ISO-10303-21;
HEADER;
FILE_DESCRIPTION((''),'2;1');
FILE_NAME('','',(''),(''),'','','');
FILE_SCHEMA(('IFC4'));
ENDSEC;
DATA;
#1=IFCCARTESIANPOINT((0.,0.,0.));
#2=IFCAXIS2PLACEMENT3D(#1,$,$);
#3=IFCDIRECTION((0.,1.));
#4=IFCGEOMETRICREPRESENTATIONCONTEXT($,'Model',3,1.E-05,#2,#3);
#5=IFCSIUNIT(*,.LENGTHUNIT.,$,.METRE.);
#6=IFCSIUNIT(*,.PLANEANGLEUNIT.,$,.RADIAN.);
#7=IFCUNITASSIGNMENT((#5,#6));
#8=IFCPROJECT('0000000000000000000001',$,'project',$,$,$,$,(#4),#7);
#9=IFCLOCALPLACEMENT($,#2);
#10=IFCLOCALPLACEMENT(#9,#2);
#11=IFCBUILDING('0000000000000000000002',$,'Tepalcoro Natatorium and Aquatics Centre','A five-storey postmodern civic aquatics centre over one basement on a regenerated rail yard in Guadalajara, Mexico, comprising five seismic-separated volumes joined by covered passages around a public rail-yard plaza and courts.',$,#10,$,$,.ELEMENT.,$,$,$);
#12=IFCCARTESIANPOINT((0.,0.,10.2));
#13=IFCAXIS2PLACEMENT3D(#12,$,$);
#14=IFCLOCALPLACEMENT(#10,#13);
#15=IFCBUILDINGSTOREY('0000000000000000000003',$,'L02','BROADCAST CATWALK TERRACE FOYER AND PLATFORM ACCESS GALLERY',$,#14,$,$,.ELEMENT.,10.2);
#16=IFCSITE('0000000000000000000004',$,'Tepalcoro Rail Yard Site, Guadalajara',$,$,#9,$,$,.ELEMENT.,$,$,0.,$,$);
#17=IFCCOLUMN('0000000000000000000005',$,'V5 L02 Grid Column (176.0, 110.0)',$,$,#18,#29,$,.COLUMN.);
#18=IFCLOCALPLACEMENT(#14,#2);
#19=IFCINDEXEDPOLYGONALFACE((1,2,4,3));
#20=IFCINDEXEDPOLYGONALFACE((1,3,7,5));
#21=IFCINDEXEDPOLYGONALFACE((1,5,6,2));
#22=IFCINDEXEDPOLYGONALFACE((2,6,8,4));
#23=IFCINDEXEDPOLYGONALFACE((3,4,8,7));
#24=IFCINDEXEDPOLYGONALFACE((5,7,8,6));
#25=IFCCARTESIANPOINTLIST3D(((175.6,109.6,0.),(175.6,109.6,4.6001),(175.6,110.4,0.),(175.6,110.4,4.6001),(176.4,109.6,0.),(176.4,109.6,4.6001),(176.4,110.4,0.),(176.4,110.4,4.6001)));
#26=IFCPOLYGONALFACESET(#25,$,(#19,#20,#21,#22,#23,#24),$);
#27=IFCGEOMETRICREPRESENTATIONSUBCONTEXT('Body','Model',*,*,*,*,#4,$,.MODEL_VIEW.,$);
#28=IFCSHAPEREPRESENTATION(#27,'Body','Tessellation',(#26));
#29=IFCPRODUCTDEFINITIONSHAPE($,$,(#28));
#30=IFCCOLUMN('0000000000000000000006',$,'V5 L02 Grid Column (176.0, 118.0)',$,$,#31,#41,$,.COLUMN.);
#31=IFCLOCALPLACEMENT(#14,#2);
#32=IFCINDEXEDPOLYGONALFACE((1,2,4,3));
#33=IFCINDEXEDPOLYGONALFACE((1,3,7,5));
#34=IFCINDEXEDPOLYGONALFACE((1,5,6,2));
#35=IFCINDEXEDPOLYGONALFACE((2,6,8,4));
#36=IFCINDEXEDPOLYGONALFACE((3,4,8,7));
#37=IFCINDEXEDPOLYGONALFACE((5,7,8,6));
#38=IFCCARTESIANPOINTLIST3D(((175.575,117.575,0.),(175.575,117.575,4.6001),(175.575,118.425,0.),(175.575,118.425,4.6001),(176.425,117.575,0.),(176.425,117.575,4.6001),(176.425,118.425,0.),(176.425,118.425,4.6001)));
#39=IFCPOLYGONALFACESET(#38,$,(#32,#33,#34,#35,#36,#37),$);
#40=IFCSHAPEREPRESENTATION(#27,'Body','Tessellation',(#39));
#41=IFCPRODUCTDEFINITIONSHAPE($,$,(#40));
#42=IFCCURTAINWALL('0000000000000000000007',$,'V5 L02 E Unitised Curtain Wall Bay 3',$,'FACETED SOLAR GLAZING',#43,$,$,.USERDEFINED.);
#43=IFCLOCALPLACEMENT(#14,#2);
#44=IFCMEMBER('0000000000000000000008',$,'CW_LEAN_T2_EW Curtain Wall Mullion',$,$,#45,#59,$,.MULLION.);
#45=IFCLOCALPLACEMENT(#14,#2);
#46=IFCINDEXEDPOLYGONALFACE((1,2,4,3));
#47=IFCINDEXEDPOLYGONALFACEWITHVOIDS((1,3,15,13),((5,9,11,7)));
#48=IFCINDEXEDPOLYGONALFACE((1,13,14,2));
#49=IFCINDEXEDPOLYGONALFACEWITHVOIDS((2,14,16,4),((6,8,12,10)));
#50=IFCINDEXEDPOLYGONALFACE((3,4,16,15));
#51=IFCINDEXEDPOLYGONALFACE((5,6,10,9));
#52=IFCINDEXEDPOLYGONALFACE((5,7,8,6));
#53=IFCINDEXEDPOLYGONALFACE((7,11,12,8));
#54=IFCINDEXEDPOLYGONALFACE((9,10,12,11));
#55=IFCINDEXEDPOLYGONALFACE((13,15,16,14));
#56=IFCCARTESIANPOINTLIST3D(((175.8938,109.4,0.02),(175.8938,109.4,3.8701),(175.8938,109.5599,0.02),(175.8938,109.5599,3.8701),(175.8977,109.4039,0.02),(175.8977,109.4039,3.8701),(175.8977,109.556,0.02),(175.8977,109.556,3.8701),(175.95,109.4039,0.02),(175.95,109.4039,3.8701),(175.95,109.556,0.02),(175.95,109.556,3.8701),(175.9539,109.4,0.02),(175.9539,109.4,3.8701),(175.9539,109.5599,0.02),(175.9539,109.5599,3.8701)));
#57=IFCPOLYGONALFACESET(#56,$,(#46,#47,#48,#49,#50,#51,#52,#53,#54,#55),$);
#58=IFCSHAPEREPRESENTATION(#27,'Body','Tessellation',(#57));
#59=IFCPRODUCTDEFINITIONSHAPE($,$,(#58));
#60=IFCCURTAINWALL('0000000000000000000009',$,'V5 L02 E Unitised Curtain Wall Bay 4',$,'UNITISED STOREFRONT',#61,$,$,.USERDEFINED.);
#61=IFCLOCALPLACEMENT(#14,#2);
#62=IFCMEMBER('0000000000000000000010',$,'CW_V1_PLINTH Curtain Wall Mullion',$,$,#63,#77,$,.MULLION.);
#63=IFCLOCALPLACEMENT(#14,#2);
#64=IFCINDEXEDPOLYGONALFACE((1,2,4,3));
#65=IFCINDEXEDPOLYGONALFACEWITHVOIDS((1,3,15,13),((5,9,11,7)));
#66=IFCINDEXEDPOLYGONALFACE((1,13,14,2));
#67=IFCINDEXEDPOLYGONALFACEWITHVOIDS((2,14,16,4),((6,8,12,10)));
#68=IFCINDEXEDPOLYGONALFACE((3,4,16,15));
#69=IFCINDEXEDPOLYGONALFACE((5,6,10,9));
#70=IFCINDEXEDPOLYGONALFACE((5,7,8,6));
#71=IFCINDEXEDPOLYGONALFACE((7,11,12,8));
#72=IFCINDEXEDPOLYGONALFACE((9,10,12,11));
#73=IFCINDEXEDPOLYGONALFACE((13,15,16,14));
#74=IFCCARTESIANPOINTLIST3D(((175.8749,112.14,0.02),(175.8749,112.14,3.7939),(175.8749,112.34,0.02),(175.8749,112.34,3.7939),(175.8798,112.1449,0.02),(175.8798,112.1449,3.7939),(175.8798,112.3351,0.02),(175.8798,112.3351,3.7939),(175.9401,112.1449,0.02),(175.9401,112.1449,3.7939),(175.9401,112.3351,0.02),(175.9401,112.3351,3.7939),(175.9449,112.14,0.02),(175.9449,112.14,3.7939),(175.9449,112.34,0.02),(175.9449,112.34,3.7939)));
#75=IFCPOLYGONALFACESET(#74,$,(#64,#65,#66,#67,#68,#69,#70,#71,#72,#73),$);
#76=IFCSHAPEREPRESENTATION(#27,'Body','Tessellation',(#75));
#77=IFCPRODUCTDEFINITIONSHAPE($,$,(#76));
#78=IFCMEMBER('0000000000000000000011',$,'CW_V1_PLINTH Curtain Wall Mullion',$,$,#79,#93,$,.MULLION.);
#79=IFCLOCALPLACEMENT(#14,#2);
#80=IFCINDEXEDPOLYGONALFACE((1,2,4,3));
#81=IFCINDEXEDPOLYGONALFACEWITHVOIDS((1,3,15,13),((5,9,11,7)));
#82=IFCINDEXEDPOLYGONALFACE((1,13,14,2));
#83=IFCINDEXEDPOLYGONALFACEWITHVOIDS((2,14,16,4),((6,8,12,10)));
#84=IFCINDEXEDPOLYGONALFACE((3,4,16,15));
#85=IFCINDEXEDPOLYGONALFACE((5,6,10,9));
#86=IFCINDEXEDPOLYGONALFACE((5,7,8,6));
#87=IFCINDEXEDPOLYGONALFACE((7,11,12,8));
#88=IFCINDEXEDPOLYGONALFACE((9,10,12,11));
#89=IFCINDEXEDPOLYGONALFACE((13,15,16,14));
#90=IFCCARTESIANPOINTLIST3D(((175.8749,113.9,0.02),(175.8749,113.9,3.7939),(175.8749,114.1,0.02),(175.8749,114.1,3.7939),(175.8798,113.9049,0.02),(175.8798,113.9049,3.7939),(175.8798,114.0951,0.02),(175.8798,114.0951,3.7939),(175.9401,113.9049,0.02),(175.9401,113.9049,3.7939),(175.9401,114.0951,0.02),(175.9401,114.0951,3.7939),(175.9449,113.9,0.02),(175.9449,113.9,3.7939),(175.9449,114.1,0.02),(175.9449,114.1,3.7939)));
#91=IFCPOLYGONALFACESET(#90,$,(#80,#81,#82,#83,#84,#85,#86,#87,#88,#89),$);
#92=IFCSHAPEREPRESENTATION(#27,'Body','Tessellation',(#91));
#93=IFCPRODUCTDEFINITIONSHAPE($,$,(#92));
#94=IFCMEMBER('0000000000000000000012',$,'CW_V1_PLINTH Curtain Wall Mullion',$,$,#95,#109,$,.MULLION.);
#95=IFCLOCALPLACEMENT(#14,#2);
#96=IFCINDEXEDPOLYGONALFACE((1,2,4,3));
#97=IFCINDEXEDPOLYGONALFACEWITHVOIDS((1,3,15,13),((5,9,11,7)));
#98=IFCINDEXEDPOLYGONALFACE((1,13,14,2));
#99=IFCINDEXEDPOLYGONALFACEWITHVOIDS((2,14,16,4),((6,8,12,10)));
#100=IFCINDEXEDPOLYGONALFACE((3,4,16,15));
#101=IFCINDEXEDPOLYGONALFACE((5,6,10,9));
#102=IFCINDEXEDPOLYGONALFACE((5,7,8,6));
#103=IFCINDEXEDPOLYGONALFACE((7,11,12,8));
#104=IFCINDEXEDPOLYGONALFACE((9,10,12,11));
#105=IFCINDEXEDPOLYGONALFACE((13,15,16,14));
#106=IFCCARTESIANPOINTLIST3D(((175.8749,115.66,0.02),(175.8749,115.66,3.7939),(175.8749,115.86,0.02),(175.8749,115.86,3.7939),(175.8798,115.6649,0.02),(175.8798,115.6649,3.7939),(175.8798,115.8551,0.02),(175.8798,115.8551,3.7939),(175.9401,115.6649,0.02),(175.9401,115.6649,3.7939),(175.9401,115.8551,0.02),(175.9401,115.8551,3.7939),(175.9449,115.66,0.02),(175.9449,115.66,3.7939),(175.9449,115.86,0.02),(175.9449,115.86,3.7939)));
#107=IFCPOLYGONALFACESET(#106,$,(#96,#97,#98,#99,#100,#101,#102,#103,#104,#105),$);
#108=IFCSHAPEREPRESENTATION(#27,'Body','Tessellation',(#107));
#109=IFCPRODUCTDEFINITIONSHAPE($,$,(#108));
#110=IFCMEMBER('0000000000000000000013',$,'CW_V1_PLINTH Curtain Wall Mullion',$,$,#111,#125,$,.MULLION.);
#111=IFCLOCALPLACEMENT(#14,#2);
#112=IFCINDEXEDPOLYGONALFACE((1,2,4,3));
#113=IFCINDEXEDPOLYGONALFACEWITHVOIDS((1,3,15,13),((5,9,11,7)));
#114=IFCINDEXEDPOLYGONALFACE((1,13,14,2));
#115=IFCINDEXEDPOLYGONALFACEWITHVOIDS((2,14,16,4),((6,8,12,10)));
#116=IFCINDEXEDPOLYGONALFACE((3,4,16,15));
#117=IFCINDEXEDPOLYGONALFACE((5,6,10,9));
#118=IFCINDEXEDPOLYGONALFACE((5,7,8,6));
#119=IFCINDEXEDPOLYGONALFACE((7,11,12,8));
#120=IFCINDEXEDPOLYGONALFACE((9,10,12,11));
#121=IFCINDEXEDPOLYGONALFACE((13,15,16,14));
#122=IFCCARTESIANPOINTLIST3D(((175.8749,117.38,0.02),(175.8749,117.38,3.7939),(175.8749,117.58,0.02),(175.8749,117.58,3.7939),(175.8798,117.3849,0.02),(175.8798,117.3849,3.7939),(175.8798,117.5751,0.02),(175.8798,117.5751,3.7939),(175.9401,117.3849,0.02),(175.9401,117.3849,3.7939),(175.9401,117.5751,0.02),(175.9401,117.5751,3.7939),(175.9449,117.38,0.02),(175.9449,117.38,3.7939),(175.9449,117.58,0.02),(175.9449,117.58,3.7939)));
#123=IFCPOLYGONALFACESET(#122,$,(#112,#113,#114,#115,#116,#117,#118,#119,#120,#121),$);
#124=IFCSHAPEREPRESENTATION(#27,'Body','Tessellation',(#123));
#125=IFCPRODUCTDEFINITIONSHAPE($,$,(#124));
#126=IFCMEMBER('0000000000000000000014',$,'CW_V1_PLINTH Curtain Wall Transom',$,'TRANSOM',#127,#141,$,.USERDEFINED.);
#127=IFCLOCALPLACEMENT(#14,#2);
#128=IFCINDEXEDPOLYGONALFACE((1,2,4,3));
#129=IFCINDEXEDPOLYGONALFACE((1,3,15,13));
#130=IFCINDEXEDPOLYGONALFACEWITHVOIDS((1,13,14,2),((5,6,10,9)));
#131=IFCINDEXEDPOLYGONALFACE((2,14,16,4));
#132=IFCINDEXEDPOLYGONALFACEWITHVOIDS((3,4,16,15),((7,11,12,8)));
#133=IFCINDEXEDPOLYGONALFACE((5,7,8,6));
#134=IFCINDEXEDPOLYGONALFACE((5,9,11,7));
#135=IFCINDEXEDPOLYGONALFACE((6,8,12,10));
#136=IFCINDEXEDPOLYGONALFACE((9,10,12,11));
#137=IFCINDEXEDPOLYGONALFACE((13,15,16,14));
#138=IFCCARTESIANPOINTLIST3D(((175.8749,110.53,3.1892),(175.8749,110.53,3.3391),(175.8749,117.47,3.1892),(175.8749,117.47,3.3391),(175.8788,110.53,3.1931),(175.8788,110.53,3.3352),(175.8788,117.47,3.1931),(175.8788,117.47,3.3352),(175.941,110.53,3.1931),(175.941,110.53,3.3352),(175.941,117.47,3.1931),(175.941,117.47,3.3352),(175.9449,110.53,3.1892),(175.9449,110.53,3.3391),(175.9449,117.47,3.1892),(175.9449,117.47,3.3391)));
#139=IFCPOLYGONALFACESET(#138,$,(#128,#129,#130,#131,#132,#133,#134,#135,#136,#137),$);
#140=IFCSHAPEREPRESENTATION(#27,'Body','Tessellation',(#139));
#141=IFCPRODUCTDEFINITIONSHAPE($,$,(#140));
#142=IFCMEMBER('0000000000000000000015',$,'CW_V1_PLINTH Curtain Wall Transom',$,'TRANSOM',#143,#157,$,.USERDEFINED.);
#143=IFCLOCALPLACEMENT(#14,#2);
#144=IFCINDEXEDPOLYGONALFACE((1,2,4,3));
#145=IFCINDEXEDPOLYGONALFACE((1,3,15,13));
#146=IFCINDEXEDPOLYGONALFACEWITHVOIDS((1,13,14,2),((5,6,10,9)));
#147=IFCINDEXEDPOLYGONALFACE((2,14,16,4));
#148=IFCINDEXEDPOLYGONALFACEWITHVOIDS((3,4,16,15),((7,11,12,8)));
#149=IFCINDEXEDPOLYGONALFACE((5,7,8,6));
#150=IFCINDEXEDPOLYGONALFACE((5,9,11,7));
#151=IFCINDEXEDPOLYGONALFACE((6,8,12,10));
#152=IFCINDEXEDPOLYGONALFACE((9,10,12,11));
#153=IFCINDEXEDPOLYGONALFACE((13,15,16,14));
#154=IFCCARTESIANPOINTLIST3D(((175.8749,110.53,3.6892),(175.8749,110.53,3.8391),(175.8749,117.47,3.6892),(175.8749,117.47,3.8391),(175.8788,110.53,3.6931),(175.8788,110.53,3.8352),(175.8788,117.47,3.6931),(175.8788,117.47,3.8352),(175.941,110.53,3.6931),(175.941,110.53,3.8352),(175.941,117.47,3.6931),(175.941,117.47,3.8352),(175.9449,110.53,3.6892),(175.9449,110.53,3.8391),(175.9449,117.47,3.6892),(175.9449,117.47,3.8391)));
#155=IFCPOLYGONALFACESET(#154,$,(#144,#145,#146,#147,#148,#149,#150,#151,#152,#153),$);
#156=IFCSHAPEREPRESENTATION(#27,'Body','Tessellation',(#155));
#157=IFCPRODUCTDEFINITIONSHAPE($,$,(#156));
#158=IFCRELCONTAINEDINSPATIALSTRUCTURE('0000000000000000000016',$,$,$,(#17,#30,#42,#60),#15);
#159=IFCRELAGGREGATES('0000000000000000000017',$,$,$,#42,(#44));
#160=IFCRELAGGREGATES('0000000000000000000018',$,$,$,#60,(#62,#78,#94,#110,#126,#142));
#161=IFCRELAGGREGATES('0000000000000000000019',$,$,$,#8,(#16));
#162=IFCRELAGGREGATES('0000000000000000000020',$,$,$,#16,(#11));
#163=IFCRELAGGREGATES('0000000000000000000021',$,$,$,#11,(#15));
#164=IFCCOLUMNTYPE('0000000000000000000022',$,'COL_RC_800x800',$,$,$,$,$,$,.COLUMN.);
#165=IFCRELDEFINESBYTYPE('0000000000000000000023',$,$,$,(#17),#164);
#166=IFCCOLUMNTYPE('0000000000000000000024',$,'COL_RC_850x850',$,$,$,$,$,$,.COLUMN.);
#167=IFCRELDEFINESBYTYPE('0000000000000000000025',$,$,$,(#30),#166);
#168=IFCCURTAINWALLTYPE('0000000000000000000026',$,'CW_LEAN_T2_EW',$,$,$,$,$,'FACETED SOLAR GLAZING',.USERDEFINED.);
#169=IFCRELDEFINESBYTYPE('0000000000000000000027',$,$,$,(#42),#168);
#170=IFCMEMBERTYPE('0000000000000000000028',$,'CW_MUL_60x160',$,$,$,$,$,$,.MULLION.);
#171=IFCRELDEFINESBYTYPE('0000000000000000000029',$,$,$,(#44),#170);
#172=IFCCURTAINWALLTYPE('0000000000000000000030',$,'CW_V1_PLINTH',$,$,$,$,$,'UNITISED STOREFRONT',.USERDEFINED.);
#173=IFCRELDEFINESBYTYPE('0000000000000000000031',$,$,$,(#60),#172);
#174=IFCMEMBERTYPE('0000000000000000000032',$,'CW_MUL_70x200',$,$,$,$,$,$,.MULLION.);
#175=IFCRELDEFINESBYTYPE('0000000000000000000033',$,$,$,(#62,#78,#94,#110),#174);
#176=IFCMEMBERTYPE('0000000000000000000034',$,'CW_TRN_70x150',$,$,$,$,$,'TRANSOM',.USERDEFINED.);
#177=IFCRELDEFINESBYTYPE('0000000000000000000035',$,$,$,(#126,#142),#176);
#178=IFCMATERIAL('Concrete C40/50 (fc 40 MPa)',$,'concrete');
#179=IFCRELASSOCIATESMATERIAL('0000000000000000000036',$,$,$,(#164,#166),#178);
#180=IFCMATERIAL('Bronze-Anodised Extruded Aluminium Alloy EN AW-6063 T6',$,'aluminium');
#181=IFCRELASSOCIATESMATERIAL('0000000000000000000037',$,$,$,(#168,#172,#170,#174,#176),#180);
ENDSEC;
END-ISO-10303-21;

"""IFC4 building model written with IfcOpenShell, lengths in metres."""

from ifc_helpers import new_model, si_unit, direction, frame, origin, origin_2d, place, context, subcontext, project, spatial, rectangle, hollow_rectangle, extrude, material, material_profile, profile_set, type_object, element, aggregate, save


model = new_model("IFC4")

# Units and contexts
model_context = context("Model", 3, precision=1e-05, world=origin(), true_north=direction((0.0, 1.0)))
body_context = subcontext(model_context, "Body", "Model", "MODEL_VIEW")
ifc_project = project(units=[si_unit("LENGTHUNIT", "METRE"), si_unit("PLANEANGLEUNIT", "RADIAN")], contexts=[model_context])

# Site, building, storey
site_placement = place(None, origin())
site = spatial("IfcSite", under=ifc_project, at=site_placement, Name="Tepalcoro Rail Yard Site, Guadalajara", CompositionType="ELEMENT", RefElevation=0.0)
building_placement = place(site_placement, origin())
building = spatial("IfcBuilding", under=site, at=building_placement, Name="Tepalcoro Natatorium and Aquatics Centre", Description="A five-storey postmodern civic aquatics centre over one basement on a regenerated rail yard in Guadalajara, Mexico, comprising five seismic-separated volumes joined by covered passages around a public rail-yard plaza and courts.", CompositionType="ELEMENT")
storey_placement = place(building_placement, frame((0.0, 0.0, 10.2)))
storey = spatial("IfcBuildingStorey", under=building, at=storey_placement, Name="L02", Description="BROADCAST CATWALK TERRACE FOYER AND PLATFORM ACCESS GALLERY", CompositionType="ELEMENT", Elevation=10.2)

# Columns
ifc_material_1 = material(Name="Concrete C40/50 (fc 40 MPa)", Category="concrete")
ifc_material_profile_1 = material_profile(ifc_material_1, rectangle(XDim=0.8, YDim=0.8, at=origin_2d()), Name="RC800x800")
ifc_profile_set_1 = profile_set([ifc_material_profile_1], Name="Concrete C40/50 (fc 40 MPa)")
column_type_1 = type_object("IfcColumnType", Name="COL_RC_800x800", PredefinedType="COLUMN", material=ifc_profile_set_1)
column_1_placement = place(storey_placement, frame((176.0, 110.0, 0.0), z_axis=(0.0, 0.0, 1.0), x_axis=(1.0, 0.0, 0.0)))
element("IfcColumn", 1, at=column_1_placement, inside=storey, type_object=column_type_1, Name="V5 L02 Grid Column (176.0, 110.0)", PredefinedType="COLUMN", context=body_context, shape_type="SweptSolid", body=[
    extrude(rectangle(XDim=0.8, YDim=0.8, at=origin_2d()), origin(), (0.0, 0.0, 1.0), 4.6001),
])
ifc_material_profile_2 = material_profile(ifc_material_1, rectangle(XDim=0.8501, YDim=0.8501, at=origin_2d()), Name="RC850x850")
ifc_profile_set_2 = profile_set([ifc_material_profile_2], Name="Concrete C40/50 (fc 40 MPa)")
column_type_2 = type_object("IfcColumnType", Name="COL_RC_850x850", PredefinedType="COLUMN", material=ifc_profile_set_2)
column_2_placement = place(storey_placement, frame((176.0, 118.0, 0.0), z_axis=(0.0, 0.0, 1.0), x_axis=(1.0, 0.0, 0.0)))
element("IfcColumn", 2, at=column_2_placement, inside=storey, type_object=column_type_2, Name="V5 L02 Grid Column (176.0, 118.0)", PredefinedType="COLUMN", context=body_context, shape_type="SweptSolid", body=[
    extrude(rectangle(XDim=0.8501, YDim=0.8501, at=origin_2d()), origin(), (0.0, 0.0, 1.0), 4.6001),
])

# Curtain wall, member
ifc_material_2 = material(Name="Bronze-Anodised Extruded Aluminium Alloy EN AW-6063 T6", Category="aluminium")
curtain_wall_type_1 = type_object("IfcCurtainWallType", Name="CW_LEAN_T2_EW", ElementType="FACETED SOLAR GLAZING", PredefinedType="USERDEFINED", material=ifc_material_2)
curtain_wall_1_placement = place(storey_placement, origin())
curtain_wall_1 = element("IfcCurtainWall", 3, at=curtain_wall_1_placement, inside=storey, type_object=curtain_wall_type_1, Name="V5 L02 E Unitised Curtain Wall Bay 3", ObjectType="FACETED SOLAR GLAZING", PredefinedType="USERDEFINED")
ifc_material_profile_3 = material_profile(ifc_material_2, hollow_rectangle(XDim=0.0601, YDim=0.1599, WallThickness=0.0039, at=origin_2d()), Name="AL60X160X4")
ifc_profile_set_3 = profile_set([ifc_material_profile_3], Name="Bronze-Anodised Extruded Aluminium Alloy EN AW-6063 T6")
member_type_1 = type_object("IfcMemberType", Name="CW_MUL_60x160", PredefinedType="MULLION", material=ifc_profile_set_3)
member_1_placement = place(storey_placement, frame((175.9238, 109.48, 0.02), z_axis=(0.0, 0.0, 1.0), x_axis=(1.0, 0.0, 0.0)))
member_1 = element("IfcMember", 4, at=member_1_placement, type_object=member_type_1, Name="CW_LEAN_T2_EW Curtain Wall Mullion", PredefinedType="MULLION", context=body_context, shape_type="SweptSolid", body=[
    extrude(hollow_rectangle(XDim=0.0601, YDim=0.1599, WallThickness=0.0039, at=origin_2d()), origin(), (0.0, 0.0, 1.0), 3.8501),
])

# Curtain wall, members
curtain_wall_type_2 = type_object("IfcCurtainWallType", Name="CW_V1_PLINTH", ElementType="UNITISED STOREFRONT", PredefinedType="USERDEFINED", material=ifc_material_2)
curtain_wall_2_placement = place(storey_placement, origin())
curtain_wall_2 = element("IfcCurtainWall", 5, at=curtain_wall_2_placement, inside=storey, type_object=curtain_wall_type_2, Name="V5 L02 E Unitised Curtain Wall Bay 4", ObjectType="UNITISED STOREFRONT", PredefinedType="USERDEFINED")
ifc_material_profile_4 = material_profile(ifc_material_2, hollow_rectangle(XDim=0.0701, YDim=0.2, WallThickness=0.0049, at=origin_2d()), Name="AL70X200X5")
ifc_profile_set_4 = profile_set([ifc_material_profile_4], Name="Bronze-Anodised Extruded Aluminium Alloy EN AW-6063 T6")
member_type_2 = type_object("IfcMemberType", Name="CW_MUL_70x200", PredefinedType="MULLION", material=ifc_profile_set_4)
member_2_placement = place(storey_placement, frame((175.9099, 112.24, 0.02), z_axis=(0.0, 0.0, 1.0), x_axis=(1.0, 0.0, 0.0)))
member_2 = element("IfcMember", 6, at=member_2_placement, type_object=member_type_2, Name="CW_V1_PLINTH Curtain Wall Mullion", PredefinedType="MULLION", context=body_context, shape_type="SweptSolid", body=[
    extrude(hollow_rectangle(XDim=0.0701, YDim=0.2, WallThickness=0.0049, at=origin_2d()), origin(), (0.0, 0.0, 1.0), 3.7739),
])
member_3_placement = place(storey_placement, frame((175.9099, 114.0, 0.02), z_axis=(0.0, 0.0, 1.0), x_axis=(1.0, 0.0, 0.0)))
member_3 = element("IfcMember", 7, at=member_3_placement, type_object=member_type_2, Name="CW_V1_PLINTH Curtain Wall Mullion", PredefinedType="MULLION", context=body_context, shape_type="SweptSolid", body=[
    extrude(hollow_rectangle(XDim=0.0701, YDim=0.2, WallThickness=0.0049, at=origin_2d()), origin(), (0.0, 0.0, 1.0), 3.7739),
])
member_4_placement = place(storey_placement, frame((175.9099, 115.76, 0.02), z_axis=(0.0, 0.0, 1.0), x_axis=(1.0, 0.0, 0.0)))
member_4 = element("IfcMember", 8, at=member_4_placement, type_object=member_type_2, Name="CW_V1_PLINTH Curtain Wall Mullion", PredefinedType="MULLION", context=body_context, shape_type="SweptSolid", body=[
    extrude(hollow_rectangle(XDim=0.0701, YDim=0.2, WallThickness=0.0049, at=origin_2d()), origin(), (0.0, 0.0, 1.0), 3.7739),
])
member_5_placement = place(storey_placement, frame((175.9099, 117.48, 0.02), z_axis=(0.0, 0.0, 1.0), x_axis=(1.0, 0.0, 0.0)))
member_5 = element("IfcMember", 9, at=member_5_placement, type_object=member_type_2, Name="CW_V1_PLINTH Curtain Wall Mullion", PredefinedType="MULLION", context=body_context, shape_type="SweptSolid", body=[
    extrude(hollow_rectangle(XDim=0.0701, YDim=0.2, WallThickness=0.0049, at=origin_2d()), origin(), (0.0, 0.0, 1.0), 3.7739),
])
ifc_material_profile_5 = material_profile(ifc_material_2, hollow_rectangle(XDim=0.0701, YDim=0.1499, WallThickness=0.0039, at=origin_2d()), Name="AL70X150X4")
ifc_profile_set_5 = profile_set([ifc_material_profile_5], Name="Bronze-Anodised Extruded Aluminium Alloy EN AW-6063 T6")
member_type_3 = type_object("IfcMemberType", Name="CW_TRN_70x150", ElementType="TRANSOM", PredefinedType="USERDEFINED", material=ifc_profile_set_5)
member_6_placement = place(storey_placement, frame((175.9099, 110.53, 3.2642), z_axis=(0.0, 1.0, 0.0), x_axis=(-1.0, 0.0, 0.0)))
member_6 = element("IfcMember", 10, at=member_6_placement, type_object=member_type_3, Name="CW_V1_PLINTH Curtain Wall Transom", ObjectType="TRANSOM", PredefinedType="USERDEFINED", context=body_context, shape_type="SweptSolid", body=[
    extrude(hollow_rectangle(XDim=0.0701, YDim=0.1499, WallThickness=0.0039, at=origin_2d()), origin(), (0.0, 0.0, 1.0), 6.9399),
])
member_7_placement = place(storey_placement, frame((175.9099, 110.53, 3.7642), z_axis=(0.0, 1.0, 0.0), x_axis=(-1.0, 0.0, 0.0)))
member_7 = element("IfcMember", 11, at=member_7_placement, type_object=member_type_3, Name="CW_V1_PLINTH Curtain Wall Transom", ObjectType="TRANSOM", PredefinedType="USERDEFINED", context=body_context, shape_type="SweptSolid", body=[
    extrude(hollow_rectangle(XDim=0.0701, YDim=0.1499, WallThickness=0.0039, at=origin_2d()), origin(), (0.0, 0.0, 1.0), 6.9399),
])

aggregate(curtain_wall_1, [member_1])
aggregate(curtain_wall_2, [member_2, member_3, member_4, member_5, member_6, member_7])

save(model, "model.ifc")
